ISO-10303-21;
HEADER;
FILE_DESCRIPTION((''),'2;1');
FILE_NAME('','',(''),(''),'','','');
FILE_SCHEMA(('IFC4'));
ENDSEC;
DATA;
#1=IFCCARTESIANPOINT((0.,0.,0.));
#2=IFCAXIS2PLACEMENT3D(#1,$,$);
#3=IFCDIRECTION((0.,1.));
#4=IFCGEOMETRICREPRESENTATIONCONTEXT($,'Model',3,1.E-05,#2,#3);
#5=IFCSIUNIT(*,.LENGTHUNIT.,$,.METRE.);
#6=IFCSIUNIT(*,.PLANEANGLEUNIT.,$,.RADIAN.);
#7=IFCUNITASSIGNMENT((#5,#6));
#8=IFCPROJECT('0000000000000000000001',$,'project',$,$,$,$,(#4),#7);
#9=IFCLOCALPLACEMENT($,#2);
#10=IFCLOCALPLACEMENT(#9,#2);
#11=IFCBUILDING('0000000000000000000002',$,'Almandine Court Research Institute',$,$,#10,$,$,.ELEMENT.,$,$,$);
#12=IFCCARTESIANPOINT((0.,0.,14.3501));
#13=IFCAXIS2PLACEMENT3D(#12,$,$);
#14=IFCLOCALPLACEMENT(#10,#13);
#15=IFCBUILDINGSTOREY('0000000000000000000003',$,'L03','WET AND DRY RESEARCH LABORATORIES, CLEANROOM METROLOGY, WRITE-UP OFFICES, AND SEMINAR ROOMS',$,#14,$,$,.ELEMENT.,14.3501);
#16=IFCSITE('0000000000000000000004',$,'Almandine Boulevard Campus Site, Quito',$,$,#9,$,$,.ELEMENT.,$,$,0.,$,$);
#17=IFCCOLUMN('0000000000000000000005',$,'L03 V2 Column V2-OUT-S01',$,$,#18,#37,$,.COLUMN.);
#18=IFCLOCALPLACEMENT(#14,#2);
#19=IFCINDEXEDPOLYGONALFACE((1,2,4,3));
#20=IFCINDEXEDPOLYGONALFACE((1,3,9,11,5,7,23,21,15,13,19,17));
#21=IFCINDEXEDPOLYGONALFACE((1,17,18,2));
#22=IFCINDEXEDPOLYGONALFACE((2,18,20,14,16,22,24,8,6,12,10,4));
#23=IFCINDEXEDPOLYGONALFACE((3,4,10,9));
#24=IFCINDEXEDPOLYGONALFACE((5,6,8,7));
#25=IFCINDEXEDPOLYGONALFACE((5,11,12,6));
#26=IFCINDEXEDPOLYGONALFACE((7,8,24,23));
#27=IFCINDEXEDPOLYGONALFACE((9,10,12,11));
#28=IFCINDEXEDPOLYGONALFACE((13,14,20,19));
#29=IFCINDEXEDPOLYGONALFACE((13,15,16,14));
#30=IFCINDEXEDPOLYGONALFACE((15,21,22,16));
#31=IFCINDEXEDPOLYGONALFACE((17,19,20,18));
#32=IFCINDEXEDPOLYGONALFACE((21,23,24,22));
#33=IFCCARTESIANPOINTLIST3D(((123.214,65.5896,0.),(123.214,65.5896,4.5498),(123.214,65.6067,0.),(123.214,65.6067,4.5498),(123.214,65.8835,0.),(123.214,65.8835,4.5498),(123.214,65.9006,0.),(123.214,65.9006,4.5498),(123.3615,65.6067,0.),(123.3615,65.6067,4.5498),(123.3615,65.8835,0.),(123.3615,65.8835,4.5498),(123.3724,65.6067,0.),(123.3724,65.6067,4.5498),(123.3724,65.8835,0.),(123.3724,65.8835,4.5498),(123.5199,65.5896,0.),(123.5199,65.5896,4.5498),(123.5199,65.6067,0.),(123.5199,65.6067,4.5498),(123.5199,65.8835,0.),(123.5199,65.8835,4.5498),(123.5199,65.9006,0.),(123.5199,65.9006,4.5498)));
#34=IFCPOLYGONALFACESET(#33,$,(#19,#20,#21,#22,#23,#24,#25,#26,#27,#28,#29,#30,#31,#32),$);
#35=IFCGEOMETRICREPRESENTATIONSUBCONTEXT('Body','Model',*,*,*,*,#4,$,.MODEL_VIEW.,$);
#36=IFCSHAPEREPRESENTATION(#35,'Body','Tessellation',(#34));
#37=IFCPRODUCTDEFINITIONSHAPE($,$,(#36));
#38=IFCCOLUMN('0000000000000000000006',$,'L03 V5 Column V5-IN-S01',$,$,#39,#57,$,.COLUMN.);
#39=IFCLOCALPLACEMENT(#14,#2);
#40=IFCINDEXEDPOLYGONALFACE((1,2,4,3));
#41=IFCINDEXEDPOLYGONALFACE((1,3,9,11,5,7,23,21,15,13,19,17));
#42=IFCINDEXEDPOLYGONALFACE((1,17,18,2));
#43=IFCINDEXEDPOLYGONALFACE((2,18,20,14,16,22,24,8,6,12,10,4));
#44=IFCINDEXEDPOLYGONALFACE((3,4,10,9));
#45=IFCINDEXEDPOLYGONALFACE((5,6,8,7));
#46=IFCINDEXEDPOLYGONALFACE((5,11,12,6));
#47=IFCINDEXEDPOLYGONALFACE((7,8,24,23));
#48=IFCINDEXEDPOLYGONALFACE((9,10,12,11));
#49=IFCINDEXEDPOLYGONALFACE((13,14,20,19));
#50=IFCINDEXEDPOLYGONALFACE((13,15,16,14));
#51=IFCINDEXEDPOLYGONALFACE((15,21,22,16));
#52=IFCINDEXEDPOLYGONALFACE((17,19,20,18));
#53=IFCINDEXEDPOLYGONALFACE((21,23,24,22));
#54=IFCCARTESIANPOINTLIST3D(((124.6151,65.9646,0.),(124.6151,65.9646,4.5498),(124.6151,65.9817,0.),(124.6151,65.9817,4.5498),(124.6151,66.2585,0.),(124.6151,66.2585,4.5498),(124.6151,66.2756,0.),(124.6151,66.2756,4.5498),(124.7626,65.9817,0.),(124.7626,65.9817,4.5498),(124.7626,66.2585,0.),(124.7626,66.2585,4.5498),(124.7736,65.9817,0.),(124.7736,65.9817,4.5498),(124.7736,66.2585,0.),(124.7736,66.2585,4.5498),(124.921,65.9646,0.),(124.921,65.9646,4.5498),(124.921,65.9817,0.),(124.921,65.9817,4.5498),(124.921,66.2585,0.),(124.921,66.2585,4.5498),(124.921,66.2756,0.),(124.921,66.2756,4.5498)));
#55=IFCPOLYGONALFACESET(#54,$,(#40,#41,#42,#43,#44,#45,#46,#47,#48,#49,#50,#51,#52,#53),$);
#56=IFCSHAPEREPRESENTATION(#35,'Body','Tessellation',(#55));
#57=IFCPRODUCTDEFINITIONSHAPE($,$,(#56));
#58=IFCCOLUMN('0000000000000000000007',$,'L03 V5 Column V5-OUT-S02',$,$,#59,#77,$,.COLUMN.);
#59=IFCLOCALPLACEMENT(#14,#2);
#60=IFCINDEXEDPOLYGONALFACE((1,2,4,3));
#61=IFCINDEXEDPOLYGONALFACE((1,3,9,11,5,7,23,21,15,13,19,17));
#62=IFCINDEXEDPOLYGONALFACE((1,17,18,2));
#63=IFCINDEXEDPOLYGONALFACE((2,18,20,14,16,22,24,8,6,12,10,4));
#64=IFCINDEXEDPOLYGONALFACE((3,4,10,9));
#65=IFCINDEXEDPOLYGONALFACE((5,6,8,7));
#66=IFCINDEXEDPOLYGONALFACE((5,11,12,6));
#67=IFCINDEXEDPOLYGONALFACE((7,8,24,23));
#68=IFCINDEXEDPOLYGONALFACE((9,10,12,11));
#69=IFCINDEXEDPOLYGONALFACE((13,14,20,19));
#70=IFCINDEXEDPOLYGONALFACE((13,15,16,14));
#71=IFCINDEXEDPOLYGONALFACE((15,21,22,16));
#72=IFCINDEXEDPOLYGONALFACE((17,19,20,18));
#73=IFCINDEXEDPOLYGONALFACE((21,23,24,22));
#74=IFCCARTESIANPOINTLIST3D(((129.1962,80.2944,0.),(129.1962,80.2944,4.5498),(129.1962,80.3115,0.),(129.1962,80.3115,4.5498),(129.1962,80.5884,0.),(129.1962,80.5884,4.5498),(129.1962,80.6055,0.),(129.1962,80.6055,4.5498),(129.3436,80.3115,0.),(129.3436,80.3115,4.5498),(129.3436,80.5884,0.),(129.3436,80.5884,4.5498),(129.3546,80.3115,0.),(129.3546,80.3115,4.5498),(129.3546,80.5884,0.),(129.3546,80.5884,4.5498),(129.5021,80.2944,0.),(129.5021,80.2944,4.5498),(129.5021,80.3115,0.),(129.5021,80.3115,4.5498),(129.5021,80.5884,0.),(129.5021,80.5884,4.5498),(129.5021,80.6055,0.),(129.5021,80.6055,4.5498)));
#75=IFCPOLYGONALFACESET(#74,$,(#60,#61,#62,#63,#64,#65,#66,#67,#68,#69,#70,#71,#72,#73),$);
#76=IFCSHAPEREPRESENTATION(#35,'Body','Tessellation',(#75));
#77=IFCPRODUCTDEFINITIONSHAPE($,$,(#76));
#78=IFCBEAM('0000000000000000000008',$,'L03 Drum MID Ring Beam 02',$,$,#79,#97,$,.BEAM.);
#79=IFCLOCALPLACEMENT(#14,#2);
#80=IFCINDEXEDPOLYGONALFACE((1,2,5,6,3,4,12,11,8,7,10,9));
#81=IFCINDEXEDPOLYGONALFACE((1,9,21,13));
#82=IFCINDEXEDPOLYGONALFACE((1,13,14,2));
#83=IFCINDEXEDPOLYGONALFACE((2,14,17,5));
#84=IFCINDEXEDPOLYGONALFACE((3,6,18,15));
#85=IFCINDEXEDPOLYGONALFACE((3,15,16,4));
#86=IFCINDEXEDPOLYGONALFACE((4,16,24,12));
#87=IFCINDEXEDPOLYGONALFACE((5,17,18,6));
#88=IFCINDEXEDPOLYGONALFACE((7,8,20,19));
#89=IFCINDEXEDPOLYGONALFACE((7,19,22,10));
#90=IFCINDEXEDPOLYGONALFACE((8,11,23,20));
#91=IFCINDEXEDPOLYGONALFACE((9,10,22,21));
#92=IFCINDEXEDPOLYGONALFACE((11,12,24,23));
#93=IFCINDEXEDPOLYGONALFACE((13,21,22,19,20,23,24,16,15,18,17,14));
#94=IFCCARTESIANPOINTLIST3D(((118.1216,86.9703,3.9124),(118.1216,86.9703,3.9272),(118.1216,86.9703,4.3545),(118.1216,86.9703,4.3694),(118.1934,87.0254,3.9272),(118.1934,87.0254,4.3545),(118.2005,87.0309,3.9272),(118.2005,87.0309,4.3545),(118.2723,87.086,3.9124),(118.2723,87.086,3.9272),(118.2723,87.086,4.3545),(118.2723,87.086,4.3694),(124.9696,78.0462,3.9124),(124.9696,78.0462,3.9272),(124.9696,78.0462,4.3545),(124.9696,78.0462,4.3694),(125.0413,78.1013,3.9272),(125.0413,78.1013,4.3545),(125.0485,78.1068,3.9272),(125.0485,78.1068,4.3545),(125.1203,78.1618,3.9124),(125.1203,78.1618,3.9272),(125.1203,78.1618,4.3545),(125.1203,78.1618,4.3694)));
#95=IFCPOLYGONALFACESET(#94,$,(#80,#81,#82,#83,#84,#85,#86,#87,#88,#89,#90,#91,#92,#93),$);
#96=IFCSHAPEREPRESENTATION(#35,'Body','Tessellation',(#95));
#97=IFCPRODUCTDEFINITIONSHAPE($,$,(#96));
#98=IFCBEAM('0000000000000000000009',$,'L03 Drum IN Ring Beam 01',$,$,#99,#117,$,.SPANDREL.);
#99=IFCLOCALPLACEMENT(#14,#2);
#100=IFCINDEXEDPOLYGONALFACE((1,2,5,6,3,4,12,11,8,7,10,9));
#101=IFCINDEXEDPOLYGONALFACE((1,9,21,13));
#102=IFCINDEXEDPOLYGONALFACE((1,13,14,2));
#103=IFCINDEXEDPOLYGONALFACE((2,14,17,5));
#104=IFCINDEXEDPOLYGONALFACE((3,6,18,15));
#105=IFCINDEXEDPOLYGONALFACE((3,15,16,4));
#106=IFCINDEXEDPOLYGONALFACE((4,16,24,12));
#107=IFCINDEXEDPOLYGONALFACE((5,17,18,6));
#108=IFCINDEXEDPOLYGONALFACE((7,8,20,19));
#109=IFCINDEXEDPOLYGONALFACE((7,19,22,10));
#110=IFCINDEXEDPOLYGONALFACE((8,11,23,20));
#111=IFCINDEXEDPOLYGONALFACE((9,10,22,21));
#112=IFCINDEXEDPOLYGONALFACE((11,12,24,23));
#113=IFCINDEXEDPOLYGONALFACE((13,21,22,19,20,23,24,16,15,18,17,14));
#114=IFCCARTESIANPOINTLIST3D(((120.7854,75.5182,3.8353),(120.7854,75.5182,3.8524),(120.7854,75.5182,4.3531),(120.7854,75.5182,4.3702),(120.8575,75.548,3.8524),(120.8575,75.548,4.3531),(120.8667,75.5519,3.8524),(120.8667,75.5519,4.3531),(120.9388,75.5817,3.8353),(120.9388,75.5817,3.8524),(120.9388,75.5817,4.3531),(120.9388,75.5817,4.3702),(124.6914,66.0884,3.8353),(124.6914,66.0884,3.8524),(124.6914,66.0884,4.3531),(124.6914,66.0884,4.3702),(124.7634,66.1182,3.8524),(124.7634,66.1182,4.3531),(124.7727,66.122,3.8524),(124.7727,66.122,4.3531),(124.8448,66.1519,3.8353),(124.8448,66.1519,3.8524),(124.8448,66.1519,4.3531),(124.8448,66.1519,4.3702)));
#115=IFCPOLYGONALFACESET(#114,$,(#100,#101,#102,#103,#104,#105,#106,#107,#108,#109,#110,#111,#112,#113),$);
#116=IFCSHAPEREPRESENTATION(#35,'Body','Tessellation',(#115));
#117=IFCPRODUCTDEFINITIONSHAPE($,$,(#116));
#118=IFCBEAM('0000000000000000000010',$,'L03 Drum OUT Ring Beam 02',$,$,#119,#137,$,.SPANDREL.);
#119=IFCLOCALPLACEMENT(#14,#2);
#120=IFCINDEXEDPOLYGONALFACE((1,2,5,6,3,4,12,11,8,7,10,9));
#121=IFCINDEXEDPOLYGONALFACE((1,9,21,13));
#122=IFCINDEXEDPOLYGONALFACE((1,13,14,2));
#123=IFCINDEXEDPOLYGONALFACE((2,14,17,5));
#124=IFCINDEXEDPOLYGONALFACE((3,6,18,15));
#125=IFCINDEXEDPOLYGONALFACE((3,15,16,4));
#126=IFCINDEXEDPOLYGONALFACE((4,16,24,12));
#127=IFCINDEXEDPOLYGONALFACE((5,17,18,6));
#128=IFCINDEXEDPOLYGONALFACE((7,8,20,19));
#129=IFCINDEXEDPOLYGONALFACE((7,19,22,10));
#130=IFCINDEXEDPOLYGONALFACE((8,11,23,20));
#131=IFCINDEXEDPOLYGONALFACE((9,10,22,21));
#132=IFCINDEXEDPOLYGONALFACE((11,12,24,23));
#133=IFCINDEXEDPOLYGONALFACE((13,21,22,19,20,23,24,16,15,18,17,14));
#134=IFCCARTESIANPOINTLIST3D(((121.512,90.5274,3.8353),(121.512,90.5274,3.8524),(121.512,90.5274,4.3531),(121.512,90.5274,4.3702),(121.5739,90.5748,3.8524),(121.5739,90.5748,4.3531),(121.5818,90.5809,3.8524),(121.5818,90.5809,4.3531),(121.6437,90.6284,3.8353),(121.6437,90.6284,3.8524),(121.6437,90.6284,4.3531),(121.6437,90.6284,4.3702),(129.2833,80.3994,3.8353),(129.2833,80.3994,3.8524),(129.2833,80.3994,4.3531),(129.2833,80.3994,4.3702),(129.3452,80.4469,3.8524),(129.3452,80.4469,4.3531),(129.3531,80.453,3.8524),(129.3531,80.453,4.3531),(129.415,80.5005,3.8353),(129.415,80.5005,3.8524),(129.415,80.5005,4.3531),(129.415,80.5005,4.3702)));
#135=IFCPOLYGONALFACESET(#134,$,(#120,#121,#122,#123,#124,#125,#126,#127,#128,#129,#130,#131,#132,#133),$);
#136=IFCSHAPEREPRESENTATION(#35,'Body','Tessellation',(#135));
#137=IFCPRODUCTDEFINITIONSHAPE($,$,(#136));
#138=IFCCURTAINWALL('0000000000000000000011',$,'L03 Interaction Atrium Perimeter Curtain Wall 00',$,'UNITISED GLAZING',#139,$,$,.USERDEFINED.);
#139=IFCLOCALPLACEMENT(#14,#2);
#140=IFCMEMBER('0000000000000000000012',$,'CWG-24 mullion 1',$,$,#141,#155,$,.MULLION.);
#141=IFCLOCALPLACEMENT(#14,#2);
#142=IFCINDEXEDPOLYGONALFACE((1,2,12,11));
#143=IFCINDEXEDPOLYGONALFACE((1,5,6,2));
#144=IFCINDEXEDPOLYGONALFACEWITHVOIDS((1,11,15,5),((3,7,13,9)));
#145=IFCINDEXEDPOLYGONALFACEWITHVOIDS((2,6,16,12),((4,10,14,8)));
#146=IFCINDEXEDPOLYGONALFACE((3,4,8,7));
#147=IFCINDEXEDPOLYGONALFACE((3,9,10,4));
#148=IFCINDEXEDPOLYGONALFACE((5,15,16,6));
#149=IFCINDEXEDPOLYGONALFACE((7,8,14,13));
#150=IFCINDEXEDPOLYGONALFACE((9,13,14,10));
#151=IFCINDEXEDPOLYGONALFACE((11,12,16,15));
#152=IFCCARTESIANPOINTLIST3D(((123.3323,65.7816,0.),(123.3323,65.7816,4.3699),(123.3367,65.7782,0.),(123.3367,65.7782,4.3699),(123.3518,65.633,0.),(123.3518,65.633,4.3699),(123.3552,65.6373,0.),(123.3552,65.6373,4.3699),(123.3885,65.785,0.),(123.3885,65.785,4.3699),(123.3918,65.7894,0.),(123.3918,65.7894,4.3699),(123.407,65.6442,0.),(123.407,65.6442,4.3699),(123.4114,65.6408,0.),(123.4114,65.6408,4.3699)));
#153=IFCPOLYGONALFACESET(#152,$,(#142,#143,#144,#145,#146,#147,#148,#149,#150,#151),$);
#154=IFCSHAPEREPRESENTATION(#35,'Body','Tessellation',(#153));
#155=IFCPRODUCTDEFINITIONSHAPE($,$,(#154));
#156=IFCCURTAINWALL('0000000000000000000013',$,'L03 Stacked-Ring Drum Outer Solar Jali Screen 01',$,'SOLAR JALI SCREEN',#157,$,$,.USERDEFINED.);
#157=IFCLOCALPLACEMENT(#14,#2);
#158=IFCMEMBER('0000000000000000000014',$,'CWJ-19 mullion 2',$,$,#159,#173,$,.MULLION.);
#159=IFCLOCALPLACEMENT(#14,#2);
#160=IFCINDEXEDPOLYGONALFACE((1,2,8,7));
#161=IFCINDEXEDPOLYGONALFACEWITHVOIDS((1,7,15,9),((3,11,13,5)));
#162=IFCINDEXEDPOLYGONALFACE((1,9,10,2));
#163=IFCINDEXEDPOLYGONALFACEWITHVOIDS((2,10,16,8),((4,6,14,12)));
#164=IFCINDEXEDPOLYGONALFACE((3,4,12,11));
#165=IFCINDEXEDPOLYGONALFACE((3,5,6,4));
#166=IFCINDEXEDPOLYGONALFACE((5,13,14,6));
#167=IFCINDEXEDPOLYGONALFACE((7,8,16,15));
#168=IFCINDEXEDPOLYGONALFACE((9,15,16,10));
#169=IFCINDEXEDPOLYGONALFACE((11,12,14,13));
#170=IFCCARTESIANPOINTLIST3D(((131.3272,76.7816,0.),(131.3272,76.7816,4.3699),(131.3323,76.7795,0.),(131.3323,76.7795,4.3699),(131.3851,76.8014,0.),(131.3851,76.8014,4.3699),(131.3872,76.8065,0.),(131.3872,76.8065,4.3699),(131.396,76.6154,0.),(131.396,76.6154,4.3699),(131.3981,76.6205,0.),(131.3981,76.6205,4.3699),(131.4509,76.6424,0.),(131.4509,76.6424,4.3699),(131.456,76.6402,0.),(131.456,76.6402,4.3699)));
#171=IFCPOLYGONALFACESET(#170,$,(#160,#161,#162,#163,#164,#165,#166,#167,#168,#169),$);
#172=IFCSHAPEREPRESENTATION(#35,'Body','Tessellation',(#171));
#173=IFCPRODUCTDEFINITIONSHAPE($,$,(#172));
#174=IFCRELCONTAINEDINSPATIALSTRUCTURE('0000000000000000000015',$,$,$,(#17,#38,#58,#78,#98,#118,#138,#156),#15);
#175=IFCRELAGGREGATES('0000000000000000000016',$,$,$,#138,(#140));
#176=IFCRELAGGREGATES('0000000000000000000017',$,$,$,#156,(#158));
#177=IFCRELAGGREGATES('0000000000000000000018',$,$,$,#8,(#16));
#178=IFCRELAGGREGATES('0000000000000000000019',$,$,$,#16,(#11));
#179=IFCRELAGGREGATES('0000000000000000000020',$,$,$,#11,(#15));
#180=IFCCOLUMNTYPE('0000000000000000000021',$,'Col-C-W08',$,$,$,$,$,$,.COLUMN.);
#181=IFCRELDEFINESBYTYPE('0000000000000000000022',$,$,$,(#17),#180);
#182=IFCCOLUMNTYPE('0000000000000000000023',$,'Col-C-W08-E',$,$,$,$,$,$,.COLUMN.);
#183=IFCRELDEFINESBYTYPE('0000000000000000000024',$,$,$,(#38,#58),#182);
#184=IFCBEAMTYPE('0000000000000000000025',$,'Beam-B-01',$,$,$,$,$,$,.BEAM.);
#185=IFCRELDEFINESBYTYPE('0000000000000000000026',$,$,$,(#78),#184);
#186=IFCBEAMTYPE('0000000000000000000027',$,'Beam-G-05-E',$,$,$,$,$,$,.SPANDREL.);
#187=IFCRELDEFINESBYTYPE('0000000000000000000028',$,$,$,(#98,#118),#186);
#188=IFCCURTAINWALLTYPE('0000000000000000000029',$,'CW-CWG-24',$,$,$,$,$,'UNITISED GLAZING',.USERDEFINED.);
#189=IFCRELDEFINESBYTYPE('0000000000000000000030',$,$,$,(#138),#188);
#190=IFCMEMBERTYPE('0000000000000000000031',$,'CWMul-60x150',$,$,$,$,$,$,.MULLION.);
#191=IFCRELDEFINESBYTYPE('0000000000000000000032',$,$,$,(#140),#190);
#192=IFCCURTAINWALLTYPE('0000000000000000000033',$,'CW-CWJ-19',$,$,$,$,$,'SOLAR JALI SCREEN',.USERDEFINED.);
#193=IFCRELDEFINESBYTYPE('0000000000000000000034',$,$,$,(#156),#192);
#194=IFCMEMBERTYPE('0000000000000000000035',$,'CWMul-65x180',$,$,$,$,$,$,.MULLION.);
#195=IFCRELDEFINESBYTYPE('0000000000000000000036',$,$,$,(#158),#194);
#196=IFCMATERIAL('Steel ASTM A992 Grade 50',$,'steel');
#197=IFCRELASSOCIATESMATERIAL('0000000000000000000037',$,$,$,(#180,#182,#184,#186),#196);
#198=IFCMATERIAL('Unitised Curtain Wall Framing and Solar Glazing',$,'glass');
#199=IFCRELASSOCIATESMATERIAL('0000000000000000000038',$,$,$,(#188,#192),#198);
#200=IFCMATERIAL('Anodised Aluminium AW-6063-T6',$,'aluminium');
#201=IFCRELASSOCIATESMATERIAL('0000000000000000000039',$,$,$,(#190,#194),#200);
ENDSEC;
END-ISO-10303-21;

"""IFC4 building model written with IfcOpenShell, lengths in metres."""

from ifc_helpers import new_model, si_unit, direction, frame, origin, origin_2d, place, context, subcontext, project, spatial, hollow_rectangle, i_section, extrude, material, material_profile, profile_set, type_object, element, aggregate, save


model = new_model("IFC4")

# Units and contexts
model_context = context("Model", 3, precision=1e-05, world=origin(), true_north=direction((0.0, 1.0)))
body_context = subcontext(model_context, "Body", "Model", "MODEL_VIEW")
ifc_project = project(units=[si_unit("LENGTHUNIT", "METRE"), si_unit("PLANEANGLEUNIT", "RADIAN")], contexts=[model_context])

# Site, building, storey
site_placement = place(None, origin())
site = spatial("IfcSite", under=ifc_project, at=site_placement, Name="Almandine Boulevard Campus Site, Quito", CompositionType="ELEMENT", RefElevation=0.0)
building_placement = place(site_placement, origin())
building = spatial("IfcBuilding", under=site, at=building_placement, Name="Almandine Court Research Institute", CompositionType="ELEMENT")
storey_placement = place(building_placement, frame((0.0, 0.0, 14.3501)))
storey = spatial("IfcBuildingStorey", under=building, at=storey_placement, Name="L03", Description="WET AND DRY RESEARCH LABORATORIES, CLEANROOM METROLOGY, WRITE-UP OFFICES, AND SEMINAR ROOMS", CompositionType="ELEMENT", Elevation=14.3501)

# Columns
ifc_material_1 = material(Name="Steel ASTM A992 Grade 50", Category="steel")
ifc_material_profile_1 = material_profile(ifc_material_1, i_section(OverallWidth=0.3059, OverallDepth=0.311, WebThickness=0.011, FlangeThickness=0.0171, at=origin_2d()), Name="W310x107")
ifc_profile_set_1 = profile_set([ifc_material_profile_1], Name="Steel ASTM A992 Grade 50")
column_type_1 = type_object("IfcColumnType", Name="Col-C-W08", PredefinedType="COLUMN", material=ifc_profile_set_1)
column_placement = place(storey_placement, frame((123.3669, 65.7451, 0.0), z_axis=(0.0, 0.0, 1.0), x_axis=(1.0, 0.0, 0.0)))
element("IfcColumn", 1, at=column_placement, inside=storey, type_object=column_type_1, Name="L03 V2 Column V2-OUT-S01", PredefinedType="COLUMN", context=body_context, shape_type="SweptSolid", body=[
    extrude(i_section(OverallWidth=0.3059, OverallDepth=0.311, WebThickness=0.011, FlangeThickness=0.0171, at=origin_2d()), origin(), (0.0, 0.0, 1.0), 4.5498),
])
ifc_material_profile_2 = material_profile(ifc_material_1, i_section(OverallWidth=0.3059, OverallDepth=0.311, WebThickness=0.011, FlangeThickness=0.0171, at=origin_2d()), Name="W310x107")
ifc_profile_set_2 = profile_set([ifc_material_profile_2], Name="Steel ASTM A992 Grade 50")
column_type_2 = type_object("IfcColumnType", Name="Col-C-W08-E", PredefinedType="COLUMN", material=ifc_profile_set_2)
for number, where, z_axis, x_axis, name in (
    (2, (124.7681, 66.1201, 0.0), (0.0, 0.0, 1.0), (1.0, 0.0, 0.0), "L03 V5 Column V5-IN-S01"),
    (3, (129.3491, 80.45, 0.0), (0.0, 0.0, 1.0), (1.0, 0.0, 0.0), "L03 V5 Column V5-OUT-S02"),
):
    element("IfcColumn", number, at=place(storey_placement, frame(where, z_axis=z_axis, x_axis=x_axis)), inside=storey, type_object=column_type_2, Name=name, PredefinedType="COLUMN", context=body_context, shape_type="SweptSolid", body=[
        extrude(i_section(OverallWidth=0.3059, OverallDepth=0.311, WebThickness=0.011, FlangeThickness=0.0171, at=origin_2d()), origin(), (0.0, 0.0, 1.0), 4.5498),
    ])

# Beams
ifc_material_profile_3 = material_profile(ifc_material_1, i_section(OverallWidth=0.1899, OverallDepth=0.457, WebThickness=0.009, FlangeThickness=0.0149, at=origin_2d()), Name="W460x74")
ifc_profile_set_3 = profile_set([ifc_material_profile_3], Name="Steel ASTM A992 Grade 50")
beam_type_1 = type_object("IfcBeamType", Name="Beam-B-01", PredefinedType="BEAM", material=ifc_profile_set_3)
beam_1_placement = place(storey_placement, frame((125.0449, 78.104, 4.1409), z_axis=(-0.608774, 0.793344, 0.0), x_axis=(-0.793344, -0.608774, 0.0)))
element("IfcBeam", 4, at=beam_1_placement, inside=storey, type_object=beam_type_1, Name="L03 Drum MID Ring Beam 02", PredefinedType="BEAM", context=body_context, shape_type="SweptSolid", body=[
    extrude(i_section(OverallWidth=0.1899, OverallDepth=0.457, WebThickness=0.009, FlangeThickness=0.0149, at=origin_2d()), origin(), (0.0, 0.0, 1.0), 11.2488),
])
ifc_material_profile_4 = material_profile(ifc_material_1, i_section(OverallWidth=0.166, OverallDepth=0.5349, WebThickness=0.01, FlangeThickness=0.0171, at=origin_2d()), Name="W530x85")
ifc_profile_set_4 = profile_set([ifc_material_profile_4], Name="Steel ASTM A992 Grade 50")
beam_type_2 = type_object("IfcBeamType", Name="Beam-G-05-E", PredefinedType="SPANDREL", material=ifc_profile_set_4)
beam_2_placement = place(storey_placement, frame((124.7681, 66.1201, 4.1028), z_axis=(-0.382683, 0.92388, 0.0), x_axis=(-0.92388, -0.382683, 0.0)))
element("IfcBeam", 5, at=beam_2_placement, inside=storey, type_object=beam_type_2, Name="L03 Drum IN Ring Beam 01", PredefinedType="SPANDREL", context=body_context, shape_type="SweptSolid", body=[
    extrude(i_section(OverallWidth=0.166, OverallDepth=0.5349, WebThickness=0.01, FlangeThickness=0.0171, at=origin_2d()), origin(), (0.0, 0.0, 1.0), 10.2068),
])
beam_3_placement = place(storey_placement, frame((129.3491, 80.45, 4.1028), z_axis=(-0.608752, 0.793361, 0.0), x_axis=(-0.793361, -0.608752, 0.0)))
element("IfcBeam", 6, at=beam_3_placement, inside=storey, type_object=beam_type_2, Name="L03 Drum OUT Ring Beam 02", PredefinedType="SPANDREL", context=body_context, shape_type="SweptSolid", body=[
    extrude(i_section(OverallWidth=0.166, OverallDepth=0.5349, WebThickness=0.01, FlangeThickness=0.0171, at=origin_2d()), origin(), (0.0, 0.0, 1.0), 12.7659),
])

# Curtain walls, members
ifc_material_2 = material(Name="Unitised Curtain Wall Framing and Solar Glazing", Category="glass")
curtain_wall_type_1 = type_object("IfcCurtainWallType", Name="CW-CWG-24", ElementType="UNITISED GLAZING", PredefinedType="USERDEFINED", material=ifc_material_2)
curtain_wall_1_placement = place(storey_placement, origin())
curtain_wall_1 = element("IfcCurtainWall", 7, at=curtain_wall_1_placement, inside=storey, type_object=curtain_wall_type_1, Name="L03 Interaction Atrium Perimeter Curtain Wall 00", ObjectType="UNITISED GLAZING", PredefinedType="USERDEFINED")
ifc_material_3 = material(Name="Anodised Aluminium AW-6063-T6", Category="aluminium")
ifc_material_profile_5 = material_profile(ifc_material_3, hollow_rectangle(XDim=0.0601, YDim=0.1499, WallThickness=0.0039, at=origin_2d()), Name="ALU RHS 60x150x4")
ifc_profile_set_5 = profile_set([ifc_material_profile_5], Name="Anodised Aluminium AW-6063-T6")
member_type_1 = type_object("IfcMemberType", Name="CWMul-60x150", PredefinedType="MULLION", material=ifc_profile_set_5)
member_1_placement = place(storey_placement, frame((123.3718, 65.7112, 0.0), z_axis=(0.0, 0.0, 1.0), x_axis=(0.991444, 0.130536, 0.0)))
member_1 = element("IfcMember", 8, at=member_1_placement, type_object=member_type_1, Name="CWG-24 mullion 1", PredefinedType="MULLION", context=body_context, shape_type="SweptSolid", body=[
    extrude(hollow_rectangle(XDim=0.0601, YDim=0.1499, WallThickness=0.0039, at=origin_2d()), origin(), (0.0, 0.0, 1.0), 4.3699),
])
curtain_wall_type_2 = type_object("IfcCurtainWallType", Name="CW-CWJ-19", ElementType="SOLAR JALI SCREEN", PredefinedType="USERDEFINED", material=ifc_material_2)
curtain_wall_2_placement = place(storey_placement, origin())
curtain_wall_2 = element("IfcCurtainWall", 9, at=curtain_wall_2_placement, inside=storey, type_object=curtain_wall_type_2, Name="L03 Stacked-Ring Drum Outer Solar Jali Screen 01", ObjectType="SOLAR JALI SCREEN", PredefinedType="USERDEFINED")
ifc_material_profile_6 = material_profile(ifc_material_3, hollow_rectangle(XDim=0.0649, YDim=0.1799, WallThickness=0.0039, at=origin_2d()), Name="ALU RHS 65x180x4")
ifc_profile_set_6 = profile_set([ifc_material_profile_6], Name="Anodised Aluminium AW-6063-T6")
member_type_2 = type_object("IfcMemberType", Name="CWMul-65x180", PredefinedType="MULLION", material=ifc_profile_set_6)
member_2_placement = place(storey_placement, frame((131.3916, 76.7109, 0.0), z_axis=(0.0, 0.0, 1.0), x_axis=(0.923888, 0.382663, 0.0)))
member_2 = element("IfcMember", 10, at=member_2_placement, type_object=member_type_2, Name="CWJ-19 mullion 2", PredefinedType="MULLION", context=body_context, shape_type="SweptSolid", body=[
    extrude(hollow_rectangle(XDim=0.0649, YDim=0.1799, WallThickness=0.0039, at=origin_2d()), origin(), (0.0, 0.0, 1.0), 4.3699),
])

aggregate(curtain_wall_1, [member_1])
aggregate(curtain_wall_2, [member_2])

save(model, "model.ifc")
